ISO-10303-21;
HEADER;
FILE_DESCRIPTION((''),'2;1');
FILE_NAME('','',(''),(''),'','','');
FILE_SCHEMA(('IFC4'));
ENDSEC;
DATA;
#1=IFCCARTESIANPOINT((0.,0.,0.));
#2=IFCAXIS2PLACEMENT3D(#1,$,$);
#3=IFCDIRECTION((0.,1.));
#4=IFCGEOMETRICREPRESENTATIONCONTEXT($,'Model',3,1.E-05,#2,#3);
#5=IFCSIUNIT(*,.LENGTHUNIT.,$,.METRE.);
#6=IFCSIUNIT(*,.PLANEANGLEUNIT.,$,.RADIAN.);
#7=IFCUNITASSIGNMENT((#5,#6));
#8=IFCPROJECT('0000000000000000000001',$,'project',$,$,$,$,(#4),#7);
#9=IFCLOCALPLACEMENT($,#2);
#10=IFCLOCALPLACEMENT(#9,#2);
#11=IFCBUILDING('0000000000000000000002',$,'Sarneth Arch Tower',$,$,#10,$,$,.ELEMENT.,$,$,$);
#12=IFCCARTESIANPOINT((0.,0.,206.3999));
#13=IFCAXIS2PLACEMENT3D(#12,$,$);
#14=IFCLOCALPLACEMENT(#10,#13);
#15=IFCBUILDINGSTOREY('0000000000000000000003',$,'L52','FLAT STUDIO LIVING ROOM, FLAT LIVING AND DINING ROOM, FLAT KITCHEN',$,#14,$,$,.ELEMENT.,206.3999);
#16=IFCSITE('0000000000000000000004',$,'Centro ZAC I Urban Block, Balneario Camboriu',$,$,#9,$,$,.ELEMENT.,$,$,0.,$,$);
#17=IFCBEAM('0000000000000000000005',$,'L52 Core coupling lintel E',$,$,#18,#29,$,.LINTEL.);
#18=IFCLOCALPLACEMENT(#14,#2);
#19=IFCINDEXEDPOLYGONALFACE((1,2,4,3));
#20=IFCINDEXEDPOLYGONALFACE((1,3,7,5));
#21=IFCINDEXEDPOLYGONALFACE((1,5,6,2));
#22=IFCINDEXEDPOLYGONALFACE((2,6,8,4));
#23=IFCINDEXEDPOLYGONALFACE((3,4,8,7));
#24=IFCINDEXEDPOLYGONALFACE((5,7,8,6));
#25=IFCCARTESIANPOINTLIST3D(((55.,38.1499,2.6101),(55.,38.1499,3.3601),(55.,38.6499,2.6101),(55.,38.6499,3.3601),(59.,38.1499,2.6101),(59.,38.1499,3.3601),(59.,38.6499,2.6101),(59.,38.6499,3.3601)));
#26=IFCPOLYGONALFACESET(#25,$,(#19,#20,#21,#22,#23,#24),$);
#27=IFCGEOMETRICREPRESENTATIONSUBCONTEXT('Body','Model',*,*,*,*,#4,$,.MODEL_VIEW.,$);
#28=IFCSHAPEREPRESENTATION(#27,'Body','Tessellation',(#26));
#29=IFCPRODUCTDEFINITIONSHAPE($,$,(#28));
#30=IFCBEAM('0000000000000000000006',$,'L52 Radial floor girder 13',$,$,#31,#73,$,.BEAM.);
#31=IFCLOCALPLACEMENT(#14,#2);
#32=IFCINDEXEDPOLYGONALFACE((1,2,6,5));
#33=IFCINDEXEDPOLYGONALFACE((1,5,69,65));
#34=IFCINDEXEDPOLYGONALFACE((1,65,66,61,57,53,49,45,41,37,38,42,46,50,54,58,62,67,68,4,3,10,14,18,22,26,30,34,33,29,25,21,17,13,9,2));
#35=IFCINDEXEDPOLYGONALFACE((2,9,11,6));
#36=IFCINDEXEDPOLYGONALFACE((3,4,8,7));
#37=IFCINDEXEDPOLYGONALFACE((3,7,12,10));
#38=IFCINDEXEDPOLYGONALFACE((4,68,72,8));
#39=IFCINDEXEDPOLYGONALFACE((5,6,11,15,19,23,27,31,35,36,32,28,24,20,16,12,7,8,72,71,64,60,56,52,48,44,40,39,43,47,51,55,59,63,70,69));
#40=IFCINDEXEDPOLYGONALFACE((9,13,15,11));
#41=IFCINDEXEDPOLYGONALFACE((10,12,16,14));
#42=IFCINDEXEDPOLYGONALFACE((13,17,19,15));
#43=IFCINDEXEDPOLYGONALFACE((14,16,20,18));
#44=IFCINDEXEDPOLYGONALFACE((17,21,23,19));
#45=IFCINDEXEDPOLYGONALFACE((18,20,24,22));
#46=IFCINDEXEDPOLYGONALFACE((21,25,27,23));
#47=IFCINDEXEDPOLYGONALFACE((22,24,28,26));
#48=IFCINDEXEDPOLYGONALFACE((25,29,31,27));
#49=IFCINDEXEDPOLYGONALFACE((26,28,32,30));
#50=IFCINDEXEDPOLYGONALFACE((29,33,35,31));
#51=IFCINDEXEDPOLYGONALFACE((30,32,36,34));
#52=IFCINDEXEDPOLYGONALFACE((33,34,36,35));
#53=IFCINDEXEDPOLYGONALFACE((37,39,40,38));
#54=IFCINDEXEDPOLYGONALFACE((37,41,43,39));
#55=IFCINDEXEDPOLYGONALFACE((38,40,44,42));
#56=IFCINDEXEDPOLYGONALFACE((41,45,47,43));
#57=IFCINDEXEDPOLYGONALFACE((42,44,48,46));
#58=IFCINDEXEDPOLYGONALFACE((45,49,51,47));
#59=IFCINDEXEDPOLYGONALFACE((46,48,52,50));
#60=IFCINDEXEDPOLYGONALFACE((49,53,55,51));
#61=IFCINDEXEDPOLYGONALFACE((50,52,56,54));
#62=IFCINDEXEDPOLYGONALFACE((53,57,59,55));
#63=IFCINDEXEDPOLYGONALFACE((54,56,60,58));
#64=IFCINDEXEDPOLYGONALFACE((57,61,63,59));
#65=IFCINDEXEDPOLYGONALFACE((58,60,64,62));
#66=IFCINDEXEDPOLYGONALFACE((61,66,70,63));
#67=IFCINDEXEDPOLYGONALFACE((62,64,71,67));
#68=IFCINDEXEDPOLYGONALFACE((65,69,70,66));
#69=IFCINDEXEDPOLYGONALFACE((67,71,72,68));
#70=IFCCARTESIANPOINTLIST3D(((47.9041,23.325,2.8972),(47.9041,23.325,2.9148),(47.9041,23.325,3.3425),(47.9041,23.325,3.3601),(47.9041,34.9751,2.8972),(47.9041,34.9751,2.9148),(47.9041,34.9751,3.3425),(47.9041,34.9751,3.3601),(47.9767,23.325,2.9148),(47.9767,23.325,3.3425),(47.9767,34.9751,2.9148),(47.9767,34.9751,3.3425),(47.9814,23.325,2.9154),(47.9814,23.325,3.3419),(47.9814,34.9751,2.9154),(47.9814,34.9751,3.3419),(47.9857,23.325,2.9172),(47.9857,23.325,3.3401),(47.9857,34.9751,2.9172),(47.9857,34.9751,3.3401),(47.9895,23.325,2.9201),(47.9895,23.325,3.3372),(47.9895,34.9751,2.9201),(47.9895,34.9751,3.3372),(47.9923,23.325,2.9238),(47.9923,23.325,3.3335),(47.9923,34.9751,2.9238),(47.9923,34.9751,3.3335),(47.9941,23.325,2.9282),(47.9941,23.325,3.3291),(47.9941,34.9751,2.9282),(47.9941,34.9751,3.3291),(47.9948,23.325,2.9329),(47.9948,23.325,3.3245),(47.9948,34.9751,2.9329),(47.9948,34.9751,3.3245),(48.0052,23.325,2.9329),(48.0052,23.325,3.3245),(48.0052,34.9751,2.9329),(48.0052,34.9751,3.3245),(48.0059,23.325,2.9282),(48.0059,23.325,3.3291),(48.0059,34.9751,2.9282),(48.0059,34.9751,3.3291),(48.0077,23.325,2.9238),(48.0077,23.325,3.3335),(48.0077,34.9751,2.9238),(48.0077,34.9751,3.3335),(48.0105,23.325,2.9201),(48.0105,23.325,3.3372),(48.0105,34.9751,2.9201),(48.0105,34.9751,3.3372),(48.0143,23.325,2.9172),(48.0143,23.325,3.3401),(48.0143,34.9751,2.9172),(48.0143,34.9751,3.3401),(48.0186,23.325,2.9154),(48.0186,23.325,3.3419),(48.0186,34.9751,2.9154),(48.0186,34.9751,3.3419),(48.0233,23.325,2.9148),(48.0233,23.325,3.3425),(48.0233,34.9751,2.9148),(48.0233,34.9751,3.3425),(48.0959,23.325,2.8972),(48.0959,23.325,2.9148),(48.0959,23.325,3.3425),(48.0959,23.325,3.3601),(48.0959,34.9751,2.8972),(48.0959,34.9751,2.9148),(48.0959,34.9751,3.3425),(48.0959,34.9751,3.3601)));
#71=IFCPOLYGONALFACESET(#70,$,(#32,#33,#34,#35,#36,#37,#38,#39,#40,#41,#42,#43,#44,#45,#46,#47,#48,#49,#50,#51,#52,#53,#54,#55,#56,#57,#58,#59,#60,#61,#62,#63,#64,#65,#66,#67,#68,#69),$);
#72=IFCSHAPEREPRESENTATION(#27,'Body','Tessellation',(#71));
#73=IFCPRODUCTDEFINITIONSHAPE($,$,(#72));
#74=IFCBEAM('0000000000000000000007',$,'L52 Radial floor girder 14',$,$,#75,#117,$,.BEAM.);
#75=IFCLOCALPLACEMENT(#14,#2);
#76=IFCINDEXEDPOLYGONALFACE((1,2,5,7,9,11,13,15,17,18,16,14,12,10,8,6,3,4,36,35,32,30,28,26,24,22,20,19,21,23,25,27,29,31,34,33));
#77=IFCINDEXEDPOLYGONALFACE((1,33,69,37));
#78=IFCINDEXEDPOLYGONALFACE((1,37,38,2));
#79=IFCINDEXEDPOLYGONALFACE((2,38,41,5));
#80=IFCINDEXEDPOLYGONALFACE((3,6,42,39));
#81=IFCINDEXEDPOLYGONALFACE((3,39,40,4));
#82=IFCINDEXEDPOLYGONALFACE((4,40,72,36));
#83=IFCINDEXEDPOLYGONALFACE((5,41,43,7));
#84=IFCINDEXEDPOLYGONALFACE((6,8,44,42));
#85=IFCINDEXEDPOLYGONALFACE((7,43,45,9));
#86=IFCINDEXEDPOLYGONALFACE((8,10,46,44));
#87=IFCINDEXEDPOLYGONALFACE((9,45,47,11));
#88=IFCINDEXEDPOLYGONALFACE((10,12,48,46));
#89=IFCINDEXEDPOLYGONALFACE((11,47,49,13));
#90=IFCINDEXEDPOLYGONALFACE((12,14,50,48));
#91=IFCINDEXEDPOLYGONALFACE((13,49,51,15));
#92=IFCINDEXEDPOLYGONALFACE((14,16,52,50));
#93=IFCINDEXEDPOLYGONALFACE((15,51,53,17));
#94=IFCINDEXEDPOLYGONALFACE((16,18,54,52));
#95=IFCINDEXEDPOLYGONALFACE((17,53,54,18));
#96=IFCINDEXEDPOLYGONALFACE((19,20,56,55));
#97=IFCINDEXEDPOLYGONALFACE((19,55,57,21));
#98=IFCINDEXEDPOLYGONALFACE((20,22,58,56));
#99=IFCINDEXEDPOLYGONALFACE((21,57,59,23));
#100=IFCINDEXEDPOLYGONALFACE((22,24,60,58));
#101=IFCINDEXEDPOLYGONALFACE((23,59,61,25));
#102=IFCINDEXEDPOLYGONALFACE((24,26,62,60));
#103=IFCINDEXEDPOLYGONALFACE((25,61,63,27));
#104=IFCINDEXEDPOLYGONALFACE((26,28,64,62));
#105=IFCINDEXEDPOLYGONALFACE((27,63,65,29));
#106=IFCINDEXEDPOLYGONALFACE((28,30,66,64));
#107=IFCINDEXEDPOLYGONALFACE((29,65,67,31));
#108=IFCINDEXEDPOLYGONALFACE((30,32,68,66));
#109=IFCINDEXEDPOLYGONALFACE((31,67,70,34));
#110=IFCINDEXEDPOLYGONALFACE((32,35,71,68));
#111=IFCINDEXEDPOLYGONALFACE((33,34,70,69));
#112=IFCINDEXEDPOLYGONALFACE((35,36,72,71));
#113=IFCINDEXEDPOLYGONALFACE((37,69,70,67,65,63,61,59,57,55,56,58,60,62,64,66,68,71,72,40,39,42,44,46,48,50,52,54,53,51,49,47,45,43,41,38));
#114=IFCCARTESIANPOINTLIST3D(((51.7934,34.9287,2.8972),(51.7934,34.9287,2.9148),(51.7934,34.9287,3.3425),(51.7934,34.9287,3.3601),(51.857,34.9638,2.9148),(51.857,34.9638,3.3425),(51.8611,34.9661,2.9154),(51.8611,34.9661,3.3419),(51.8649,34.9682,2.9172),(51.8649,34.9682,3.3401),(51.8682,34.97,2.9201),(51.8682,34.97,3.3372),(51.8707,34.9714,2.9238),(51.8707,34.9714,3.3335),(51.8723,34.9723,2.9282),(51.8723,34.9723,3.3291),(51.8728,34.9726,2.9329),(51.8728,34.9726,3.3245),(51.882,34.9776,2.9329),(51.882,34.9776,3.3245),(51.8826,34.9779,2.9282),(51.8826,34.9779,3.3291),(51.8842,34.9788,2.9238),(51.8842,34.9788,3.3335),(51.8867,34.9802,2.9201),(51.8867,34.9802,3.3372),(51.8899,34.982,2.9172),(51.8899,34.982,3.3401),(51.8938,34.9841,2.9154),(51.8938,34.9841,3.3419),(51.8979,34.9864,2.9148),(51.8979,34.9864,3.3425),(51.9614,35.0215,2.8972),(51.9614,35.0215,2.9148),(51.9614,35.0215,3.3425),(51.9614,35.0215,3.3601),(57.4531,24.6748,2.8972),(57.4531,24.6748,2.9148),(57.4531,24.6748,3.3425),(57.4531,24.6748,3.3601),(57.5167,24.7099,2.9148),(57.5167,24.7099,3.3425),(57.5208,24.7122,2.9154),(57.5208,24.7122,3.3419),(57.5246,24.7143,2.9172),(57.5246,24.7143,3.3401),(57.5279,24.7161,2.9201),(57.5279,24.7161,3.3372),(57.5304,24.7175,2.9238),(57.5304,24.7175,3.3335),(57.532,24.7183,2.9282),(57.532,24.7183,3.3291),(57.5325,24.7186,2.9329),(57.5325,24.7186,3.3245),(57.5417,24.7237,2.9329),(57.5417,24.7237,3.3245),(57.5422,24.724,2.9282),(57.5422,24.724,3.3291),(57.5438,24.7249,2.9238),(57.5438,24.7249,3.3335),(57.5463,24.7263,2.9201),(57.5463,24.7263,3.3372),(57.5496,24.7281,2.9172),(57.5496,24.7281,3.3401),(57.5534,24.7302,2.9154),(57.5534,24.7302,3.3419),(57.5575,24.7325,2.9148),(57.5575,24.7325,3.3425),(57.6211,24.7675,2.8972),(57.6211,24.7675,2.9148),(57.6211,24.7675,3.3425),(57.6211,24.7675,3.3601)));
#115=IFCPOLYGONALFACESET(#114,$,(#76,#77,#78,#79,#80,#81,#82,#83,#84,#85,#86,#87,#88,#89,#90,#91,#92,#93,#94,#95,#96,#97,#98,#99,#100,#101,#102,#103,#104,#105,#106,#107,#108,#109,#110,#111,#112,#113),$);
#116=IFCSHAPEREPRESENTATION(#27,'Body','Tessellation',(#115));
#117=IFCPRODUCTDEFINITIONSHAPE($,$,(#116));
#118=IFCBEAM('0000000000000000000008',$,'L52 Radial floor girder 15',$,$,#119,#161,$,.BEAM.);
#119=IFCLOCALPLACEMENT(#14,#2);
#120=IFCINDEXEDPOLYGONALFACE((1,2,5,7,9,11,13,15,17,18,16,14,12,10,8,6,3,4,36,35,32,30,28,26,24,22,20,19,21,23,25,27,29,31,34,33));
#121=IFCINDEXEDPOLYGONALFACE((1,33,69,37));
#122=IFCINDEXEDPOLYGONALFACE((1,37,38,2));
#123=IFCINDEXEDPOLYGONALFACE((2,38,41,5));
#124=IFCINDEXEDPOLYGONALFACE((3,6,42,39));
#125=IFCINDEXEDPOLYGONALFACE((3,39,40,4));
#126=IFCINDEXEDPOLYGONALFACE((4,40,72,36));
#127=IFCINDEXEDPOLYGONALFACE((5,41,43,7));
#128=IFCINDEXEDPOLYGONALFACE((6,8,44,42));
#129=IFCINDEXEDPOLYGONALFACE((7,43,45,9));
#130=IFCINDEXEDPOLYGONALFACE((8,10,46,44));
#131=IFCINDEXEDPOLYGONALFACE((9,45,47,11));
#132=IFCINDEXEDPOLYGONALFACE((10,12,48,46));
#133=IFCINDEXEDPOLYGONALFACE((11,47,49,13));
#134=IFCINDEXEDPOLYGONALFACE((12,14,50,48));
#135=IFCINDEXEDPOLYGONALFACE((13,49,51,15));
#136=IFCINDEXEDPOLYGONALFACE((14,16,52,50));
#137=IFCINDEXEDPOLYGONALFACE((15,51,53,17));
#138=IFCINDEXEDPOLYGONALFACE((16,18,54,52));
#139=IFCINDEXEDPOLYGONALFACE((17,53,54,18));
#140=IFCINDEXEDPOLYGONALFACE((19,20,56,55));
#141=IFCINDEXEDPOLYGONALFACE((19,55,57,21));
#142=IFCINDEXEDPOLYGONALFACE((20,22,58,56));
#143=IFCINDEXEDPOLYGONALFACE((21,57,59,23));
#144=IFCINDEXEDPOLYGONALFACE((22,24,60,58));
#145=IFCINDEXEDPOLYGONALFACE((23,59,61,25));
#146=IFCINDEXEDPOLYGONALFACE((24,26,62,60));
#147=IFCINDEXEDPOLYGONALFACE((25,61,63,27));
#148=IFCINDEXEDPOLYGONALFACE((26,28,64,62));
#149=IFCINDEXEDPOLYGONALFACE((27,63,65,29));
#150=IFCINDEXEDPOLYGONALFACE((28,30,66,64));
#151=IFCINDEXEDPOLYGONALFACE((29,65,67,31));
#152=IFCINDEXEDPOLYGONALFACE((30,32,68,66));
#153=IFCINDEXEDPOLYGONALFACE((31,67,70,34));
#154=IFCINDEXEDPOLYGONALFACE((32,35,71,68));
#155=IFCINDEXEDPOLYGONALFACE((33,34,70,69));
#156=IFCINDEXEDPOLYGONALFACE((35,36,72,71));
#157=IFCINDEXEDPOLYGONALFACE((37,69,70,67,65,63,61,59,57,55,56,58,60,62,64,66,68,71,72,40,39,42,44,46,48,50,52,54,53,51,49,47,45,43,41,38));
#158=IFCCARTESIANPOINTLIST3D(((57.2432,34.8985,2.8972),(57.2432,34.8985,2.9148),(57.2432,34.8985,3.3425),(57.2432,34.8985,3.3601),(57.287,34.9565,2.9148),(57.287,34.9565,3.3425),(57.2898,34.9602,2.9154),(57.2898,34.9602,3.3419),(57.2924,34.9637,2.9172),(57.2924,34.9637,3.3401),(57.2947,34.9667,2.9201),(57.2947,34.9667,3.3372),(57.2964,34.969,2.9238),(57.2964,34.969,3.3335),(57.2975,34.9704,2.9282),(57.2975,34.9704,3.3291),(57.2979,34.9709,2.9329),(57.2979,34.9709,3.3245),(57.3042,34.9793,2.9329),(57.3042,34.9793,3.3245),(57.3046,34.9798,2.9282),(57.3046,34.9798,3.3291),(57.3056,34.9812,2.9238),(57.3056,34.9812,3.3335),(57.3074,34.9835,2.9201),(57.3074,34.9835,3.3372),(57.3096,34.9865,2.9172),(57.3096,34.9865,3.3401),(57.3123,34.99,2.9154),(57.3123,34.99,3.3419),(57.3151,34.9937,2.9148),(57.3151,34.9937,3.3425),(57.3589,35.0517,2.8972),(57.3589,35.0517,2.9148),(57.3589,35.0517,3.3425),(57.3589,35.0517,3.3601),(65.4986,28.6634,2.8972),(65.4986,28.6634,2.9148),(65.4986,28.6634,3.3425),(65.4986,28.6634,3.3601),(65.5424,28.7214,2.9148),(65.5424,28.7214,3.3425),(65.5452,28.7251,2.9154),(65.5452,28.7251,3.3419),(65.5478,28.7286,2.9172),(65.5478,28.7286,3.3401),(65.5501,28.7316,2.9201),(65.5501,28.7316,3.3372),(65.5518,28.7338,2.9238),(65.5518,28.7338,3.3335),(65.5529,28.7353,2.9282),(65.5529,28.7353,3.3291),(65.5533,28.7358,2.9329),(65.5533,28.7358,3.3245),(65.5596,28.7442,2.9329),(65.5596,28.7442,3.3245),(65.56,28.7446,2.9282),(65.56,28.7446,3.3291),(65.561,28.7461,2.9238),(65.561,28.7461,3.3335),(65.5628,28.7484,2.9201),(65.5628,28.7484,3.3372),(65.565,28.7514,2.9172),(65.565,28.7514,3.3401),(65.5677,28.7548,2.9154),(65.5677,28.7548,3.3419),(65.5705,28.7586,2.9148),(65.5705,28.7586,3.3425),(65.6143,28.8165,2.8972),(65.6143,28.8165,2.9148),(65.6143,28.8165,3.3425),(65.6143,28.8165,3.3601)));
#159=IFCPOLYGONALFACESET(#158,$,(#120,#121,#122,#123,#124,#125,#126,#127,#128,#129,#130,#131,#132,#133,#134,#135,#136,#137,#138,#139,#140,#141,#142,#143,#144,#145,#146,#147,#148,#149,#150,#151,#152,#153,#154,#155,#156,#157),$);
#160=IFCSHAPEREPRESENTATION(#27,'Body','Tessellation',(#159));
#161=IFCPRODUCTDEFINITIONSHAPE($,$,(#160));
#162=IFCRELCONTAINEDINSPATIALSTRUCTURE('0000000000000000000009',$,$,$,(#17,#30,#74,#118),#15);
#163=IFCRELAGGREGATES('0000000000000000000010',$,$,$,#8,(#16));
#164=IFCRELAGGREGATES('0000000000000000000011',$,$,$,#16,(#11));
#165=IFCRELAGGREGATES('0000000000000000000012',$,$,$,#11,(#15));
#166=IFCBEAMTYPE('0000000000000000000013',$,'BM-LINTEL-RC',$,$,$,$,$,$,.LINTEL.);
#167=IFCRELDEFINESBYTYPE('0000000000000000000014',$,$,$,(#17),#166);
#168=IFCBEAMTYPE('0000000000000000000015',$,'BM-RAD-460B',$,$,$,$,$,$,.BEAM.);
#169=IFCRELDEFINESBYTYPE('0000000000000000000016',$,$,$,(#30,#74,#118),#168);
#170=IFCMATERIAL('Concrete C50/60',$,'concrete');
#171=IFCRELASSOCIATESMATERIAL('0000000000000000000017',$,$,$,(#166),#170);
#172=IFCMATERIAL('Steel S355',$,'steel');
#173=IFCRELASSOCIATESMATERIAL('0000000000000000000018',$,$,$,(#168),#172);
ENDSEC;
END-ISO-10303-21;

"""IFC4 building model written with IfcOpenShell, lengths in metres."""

from ifc_helpers import new_model, si_unit, direction, frame, origin, origin_2d, place, context, subcontext, project, spatial, rectangle, i_section, extrude, material, material_profile, profile_set, type_object, element, save


model = new_model("IFC4")

# Units and contexts
model_context = context("Model", 3, precision=1e-05, world=origin(), true_north=direction((0.0, 1.0)))
body_context = subcontext(model_context, "Body", "Model", "MODEL_VIEW")
ifc_project = project(units=[si_unit("LENGTHUNIT", "METRE"), si_unit("PLANEANGLEUNIT", "RADIAN")], contexts=[model_context])

# Site, building, storey
site_placement = place(None, origin())
site = spatial("IfcSite", under=ifc_project, at=site_placement, Name="Centro ZAC I Urban Block, Balneario Camboriu", CompositionType="ELEMENT", RefElevation=0.0)
building_placement = place(site_placement, origin())
building = spatial("IfcBuilding", under=site, at=building_placement, Name="Sarneth Arch Tower", CompositionType="ELEMENT")
storey_placement = place(building_placement, frame((0.0, 0.0, 206.3999)))
storey = spatial("IfcBuildingStorey", under=building, at=storey_placement, Name="L52", Description="FLAT STUDIO LIVING ROOM, FLAT LIVING AND DINING ROOM, FLAT KITCHEN", CompositionType="ELEMENT", Elevation=206.3999)

# Beams
ifc_material_1 = material(Name="Concrete C50/60", Category="concrete")
ifc_material_profile_1 = material_profile(ifc_material_1, rectangle(XDim=0.5, YDim=0.75, at=origin_2d()), Name="RC-500x750")
ifc_profile_set_1 = profile_set([ifc_material_profile_1], Name="Concrete C50/60")
beam_type_1 = type_object("IfcBeamType", Name="BM-LINTEL-RC", PredefinedType="LINTEL", material=ifc_profile_set_1)
beam_1_placement = place(storey_placement, frame((55.0, 38.3999, 2.9851), z_axis=(1.0, 0.0, 0.0), x_axis=(0.0, 1.0, 0.0)))
element("IfcBeam", 1, at=beam_1_placement, inside=storey, type_object=beam_type_1, Name="L52 Core coupling lintel E", PredefinedType="LINTEL", context=body_context, shape_type="SweptSolid", body=[
    extrude(rectangle(XDim=0.5, YDim=0.75, at=origin_2d()), origin(), (0.0, 0.0, 1.0), 4.0),
])
ifc_material_2 = material(Name="Steel S355", Category="steel")
ifc_material_profile_2 = material_profile(ifc_material_2, i_section(OverallWidth=0.1919, OverallDepth=0.4629, WebThickness=0.0105, FlangeThickness=0.0176, FilletRadius=0.0181, at=origin_2d()), Name="W460x89")
ifc_profile_set_2 = profile_set([ifc_material_profile_2], Name="Steel S355")
beam_type_2 = type_object("IfcBeamType", Name="BM-RAD-460B", PredefinedType="BEAM", material=ifc_profile_set_2)
beam_2_placement = place(storey_placement, frame((48.0, 34.9751, 3.1287), z_axis=(0.0, -1.0, 0.0), x_axis=(1.0, 0.0, 0.0)))
element("IfcBeam", 2, at=beam_2_placement, inside=storey, type_object=beam_type_2, Name="L52 Radial floor girder 13", PredefinedType="BEAM", context=body_context, shape_type="SweptSolid", body=[
    extrude(i_section(OverallWidth=0.1919, OverallDepth=0.4629, WebThickness=0.0105, FlangeThickness=0.0176, FilletRadius=0.0181, at=origin_2d()), origin(), (0.0, 0.0, 1.0), 11.6501),
])
beam_3_placement = place(storey_placement, frame((51.8774, 34.9751, 3.1287), z_axis=(0.483231, -0.875493, 0.0), x_axis=(0.875493, 0.483231, 0.0)))
element("IfcBeam", 3, at=beam_3_placement, inside=storey, type_object=beam_type_2, Name="L52 Radial floor girder 14", PredefinedType="BEAM", context=body_context, shape_type="SweptSolid", body=[
    extrude(i_section(OverallWidth=0.1919, OverallDepth=0.4629, WebThickness=0.0105, FlangeThickness=0.0176, FilletRadius=0.0181, at=origin_2d()), origin(), (0.0, 0.0, 1.0), 11.7122),
])
beam_4_placement = place(storey_placement, frame((57.301, 34.9751, 3.1287), z_axis=(0.797974, -0.602693, 0.0), x_axis=(0.602693, 0.797974, 0.0)))
element("IfcBeam", 4, at=beam_4_placement, inside=storey, type_object=beam_type_2, Name="L52 Radial floor girder 15", PredefinedType="BEAM", context=body_context, shape_type="SweptSolid", body=[
    extrude(i_section(OverallWidth=0.1919, OverallDepth=0.4629, WebThickness=0.0105, FlangeThickness=0.0176, FilletRadius=0.0181, at=origin_2d()), origin(), (0.0, 0.0, 1.0), 10.3455),
])

save(model, "model.ifc")
